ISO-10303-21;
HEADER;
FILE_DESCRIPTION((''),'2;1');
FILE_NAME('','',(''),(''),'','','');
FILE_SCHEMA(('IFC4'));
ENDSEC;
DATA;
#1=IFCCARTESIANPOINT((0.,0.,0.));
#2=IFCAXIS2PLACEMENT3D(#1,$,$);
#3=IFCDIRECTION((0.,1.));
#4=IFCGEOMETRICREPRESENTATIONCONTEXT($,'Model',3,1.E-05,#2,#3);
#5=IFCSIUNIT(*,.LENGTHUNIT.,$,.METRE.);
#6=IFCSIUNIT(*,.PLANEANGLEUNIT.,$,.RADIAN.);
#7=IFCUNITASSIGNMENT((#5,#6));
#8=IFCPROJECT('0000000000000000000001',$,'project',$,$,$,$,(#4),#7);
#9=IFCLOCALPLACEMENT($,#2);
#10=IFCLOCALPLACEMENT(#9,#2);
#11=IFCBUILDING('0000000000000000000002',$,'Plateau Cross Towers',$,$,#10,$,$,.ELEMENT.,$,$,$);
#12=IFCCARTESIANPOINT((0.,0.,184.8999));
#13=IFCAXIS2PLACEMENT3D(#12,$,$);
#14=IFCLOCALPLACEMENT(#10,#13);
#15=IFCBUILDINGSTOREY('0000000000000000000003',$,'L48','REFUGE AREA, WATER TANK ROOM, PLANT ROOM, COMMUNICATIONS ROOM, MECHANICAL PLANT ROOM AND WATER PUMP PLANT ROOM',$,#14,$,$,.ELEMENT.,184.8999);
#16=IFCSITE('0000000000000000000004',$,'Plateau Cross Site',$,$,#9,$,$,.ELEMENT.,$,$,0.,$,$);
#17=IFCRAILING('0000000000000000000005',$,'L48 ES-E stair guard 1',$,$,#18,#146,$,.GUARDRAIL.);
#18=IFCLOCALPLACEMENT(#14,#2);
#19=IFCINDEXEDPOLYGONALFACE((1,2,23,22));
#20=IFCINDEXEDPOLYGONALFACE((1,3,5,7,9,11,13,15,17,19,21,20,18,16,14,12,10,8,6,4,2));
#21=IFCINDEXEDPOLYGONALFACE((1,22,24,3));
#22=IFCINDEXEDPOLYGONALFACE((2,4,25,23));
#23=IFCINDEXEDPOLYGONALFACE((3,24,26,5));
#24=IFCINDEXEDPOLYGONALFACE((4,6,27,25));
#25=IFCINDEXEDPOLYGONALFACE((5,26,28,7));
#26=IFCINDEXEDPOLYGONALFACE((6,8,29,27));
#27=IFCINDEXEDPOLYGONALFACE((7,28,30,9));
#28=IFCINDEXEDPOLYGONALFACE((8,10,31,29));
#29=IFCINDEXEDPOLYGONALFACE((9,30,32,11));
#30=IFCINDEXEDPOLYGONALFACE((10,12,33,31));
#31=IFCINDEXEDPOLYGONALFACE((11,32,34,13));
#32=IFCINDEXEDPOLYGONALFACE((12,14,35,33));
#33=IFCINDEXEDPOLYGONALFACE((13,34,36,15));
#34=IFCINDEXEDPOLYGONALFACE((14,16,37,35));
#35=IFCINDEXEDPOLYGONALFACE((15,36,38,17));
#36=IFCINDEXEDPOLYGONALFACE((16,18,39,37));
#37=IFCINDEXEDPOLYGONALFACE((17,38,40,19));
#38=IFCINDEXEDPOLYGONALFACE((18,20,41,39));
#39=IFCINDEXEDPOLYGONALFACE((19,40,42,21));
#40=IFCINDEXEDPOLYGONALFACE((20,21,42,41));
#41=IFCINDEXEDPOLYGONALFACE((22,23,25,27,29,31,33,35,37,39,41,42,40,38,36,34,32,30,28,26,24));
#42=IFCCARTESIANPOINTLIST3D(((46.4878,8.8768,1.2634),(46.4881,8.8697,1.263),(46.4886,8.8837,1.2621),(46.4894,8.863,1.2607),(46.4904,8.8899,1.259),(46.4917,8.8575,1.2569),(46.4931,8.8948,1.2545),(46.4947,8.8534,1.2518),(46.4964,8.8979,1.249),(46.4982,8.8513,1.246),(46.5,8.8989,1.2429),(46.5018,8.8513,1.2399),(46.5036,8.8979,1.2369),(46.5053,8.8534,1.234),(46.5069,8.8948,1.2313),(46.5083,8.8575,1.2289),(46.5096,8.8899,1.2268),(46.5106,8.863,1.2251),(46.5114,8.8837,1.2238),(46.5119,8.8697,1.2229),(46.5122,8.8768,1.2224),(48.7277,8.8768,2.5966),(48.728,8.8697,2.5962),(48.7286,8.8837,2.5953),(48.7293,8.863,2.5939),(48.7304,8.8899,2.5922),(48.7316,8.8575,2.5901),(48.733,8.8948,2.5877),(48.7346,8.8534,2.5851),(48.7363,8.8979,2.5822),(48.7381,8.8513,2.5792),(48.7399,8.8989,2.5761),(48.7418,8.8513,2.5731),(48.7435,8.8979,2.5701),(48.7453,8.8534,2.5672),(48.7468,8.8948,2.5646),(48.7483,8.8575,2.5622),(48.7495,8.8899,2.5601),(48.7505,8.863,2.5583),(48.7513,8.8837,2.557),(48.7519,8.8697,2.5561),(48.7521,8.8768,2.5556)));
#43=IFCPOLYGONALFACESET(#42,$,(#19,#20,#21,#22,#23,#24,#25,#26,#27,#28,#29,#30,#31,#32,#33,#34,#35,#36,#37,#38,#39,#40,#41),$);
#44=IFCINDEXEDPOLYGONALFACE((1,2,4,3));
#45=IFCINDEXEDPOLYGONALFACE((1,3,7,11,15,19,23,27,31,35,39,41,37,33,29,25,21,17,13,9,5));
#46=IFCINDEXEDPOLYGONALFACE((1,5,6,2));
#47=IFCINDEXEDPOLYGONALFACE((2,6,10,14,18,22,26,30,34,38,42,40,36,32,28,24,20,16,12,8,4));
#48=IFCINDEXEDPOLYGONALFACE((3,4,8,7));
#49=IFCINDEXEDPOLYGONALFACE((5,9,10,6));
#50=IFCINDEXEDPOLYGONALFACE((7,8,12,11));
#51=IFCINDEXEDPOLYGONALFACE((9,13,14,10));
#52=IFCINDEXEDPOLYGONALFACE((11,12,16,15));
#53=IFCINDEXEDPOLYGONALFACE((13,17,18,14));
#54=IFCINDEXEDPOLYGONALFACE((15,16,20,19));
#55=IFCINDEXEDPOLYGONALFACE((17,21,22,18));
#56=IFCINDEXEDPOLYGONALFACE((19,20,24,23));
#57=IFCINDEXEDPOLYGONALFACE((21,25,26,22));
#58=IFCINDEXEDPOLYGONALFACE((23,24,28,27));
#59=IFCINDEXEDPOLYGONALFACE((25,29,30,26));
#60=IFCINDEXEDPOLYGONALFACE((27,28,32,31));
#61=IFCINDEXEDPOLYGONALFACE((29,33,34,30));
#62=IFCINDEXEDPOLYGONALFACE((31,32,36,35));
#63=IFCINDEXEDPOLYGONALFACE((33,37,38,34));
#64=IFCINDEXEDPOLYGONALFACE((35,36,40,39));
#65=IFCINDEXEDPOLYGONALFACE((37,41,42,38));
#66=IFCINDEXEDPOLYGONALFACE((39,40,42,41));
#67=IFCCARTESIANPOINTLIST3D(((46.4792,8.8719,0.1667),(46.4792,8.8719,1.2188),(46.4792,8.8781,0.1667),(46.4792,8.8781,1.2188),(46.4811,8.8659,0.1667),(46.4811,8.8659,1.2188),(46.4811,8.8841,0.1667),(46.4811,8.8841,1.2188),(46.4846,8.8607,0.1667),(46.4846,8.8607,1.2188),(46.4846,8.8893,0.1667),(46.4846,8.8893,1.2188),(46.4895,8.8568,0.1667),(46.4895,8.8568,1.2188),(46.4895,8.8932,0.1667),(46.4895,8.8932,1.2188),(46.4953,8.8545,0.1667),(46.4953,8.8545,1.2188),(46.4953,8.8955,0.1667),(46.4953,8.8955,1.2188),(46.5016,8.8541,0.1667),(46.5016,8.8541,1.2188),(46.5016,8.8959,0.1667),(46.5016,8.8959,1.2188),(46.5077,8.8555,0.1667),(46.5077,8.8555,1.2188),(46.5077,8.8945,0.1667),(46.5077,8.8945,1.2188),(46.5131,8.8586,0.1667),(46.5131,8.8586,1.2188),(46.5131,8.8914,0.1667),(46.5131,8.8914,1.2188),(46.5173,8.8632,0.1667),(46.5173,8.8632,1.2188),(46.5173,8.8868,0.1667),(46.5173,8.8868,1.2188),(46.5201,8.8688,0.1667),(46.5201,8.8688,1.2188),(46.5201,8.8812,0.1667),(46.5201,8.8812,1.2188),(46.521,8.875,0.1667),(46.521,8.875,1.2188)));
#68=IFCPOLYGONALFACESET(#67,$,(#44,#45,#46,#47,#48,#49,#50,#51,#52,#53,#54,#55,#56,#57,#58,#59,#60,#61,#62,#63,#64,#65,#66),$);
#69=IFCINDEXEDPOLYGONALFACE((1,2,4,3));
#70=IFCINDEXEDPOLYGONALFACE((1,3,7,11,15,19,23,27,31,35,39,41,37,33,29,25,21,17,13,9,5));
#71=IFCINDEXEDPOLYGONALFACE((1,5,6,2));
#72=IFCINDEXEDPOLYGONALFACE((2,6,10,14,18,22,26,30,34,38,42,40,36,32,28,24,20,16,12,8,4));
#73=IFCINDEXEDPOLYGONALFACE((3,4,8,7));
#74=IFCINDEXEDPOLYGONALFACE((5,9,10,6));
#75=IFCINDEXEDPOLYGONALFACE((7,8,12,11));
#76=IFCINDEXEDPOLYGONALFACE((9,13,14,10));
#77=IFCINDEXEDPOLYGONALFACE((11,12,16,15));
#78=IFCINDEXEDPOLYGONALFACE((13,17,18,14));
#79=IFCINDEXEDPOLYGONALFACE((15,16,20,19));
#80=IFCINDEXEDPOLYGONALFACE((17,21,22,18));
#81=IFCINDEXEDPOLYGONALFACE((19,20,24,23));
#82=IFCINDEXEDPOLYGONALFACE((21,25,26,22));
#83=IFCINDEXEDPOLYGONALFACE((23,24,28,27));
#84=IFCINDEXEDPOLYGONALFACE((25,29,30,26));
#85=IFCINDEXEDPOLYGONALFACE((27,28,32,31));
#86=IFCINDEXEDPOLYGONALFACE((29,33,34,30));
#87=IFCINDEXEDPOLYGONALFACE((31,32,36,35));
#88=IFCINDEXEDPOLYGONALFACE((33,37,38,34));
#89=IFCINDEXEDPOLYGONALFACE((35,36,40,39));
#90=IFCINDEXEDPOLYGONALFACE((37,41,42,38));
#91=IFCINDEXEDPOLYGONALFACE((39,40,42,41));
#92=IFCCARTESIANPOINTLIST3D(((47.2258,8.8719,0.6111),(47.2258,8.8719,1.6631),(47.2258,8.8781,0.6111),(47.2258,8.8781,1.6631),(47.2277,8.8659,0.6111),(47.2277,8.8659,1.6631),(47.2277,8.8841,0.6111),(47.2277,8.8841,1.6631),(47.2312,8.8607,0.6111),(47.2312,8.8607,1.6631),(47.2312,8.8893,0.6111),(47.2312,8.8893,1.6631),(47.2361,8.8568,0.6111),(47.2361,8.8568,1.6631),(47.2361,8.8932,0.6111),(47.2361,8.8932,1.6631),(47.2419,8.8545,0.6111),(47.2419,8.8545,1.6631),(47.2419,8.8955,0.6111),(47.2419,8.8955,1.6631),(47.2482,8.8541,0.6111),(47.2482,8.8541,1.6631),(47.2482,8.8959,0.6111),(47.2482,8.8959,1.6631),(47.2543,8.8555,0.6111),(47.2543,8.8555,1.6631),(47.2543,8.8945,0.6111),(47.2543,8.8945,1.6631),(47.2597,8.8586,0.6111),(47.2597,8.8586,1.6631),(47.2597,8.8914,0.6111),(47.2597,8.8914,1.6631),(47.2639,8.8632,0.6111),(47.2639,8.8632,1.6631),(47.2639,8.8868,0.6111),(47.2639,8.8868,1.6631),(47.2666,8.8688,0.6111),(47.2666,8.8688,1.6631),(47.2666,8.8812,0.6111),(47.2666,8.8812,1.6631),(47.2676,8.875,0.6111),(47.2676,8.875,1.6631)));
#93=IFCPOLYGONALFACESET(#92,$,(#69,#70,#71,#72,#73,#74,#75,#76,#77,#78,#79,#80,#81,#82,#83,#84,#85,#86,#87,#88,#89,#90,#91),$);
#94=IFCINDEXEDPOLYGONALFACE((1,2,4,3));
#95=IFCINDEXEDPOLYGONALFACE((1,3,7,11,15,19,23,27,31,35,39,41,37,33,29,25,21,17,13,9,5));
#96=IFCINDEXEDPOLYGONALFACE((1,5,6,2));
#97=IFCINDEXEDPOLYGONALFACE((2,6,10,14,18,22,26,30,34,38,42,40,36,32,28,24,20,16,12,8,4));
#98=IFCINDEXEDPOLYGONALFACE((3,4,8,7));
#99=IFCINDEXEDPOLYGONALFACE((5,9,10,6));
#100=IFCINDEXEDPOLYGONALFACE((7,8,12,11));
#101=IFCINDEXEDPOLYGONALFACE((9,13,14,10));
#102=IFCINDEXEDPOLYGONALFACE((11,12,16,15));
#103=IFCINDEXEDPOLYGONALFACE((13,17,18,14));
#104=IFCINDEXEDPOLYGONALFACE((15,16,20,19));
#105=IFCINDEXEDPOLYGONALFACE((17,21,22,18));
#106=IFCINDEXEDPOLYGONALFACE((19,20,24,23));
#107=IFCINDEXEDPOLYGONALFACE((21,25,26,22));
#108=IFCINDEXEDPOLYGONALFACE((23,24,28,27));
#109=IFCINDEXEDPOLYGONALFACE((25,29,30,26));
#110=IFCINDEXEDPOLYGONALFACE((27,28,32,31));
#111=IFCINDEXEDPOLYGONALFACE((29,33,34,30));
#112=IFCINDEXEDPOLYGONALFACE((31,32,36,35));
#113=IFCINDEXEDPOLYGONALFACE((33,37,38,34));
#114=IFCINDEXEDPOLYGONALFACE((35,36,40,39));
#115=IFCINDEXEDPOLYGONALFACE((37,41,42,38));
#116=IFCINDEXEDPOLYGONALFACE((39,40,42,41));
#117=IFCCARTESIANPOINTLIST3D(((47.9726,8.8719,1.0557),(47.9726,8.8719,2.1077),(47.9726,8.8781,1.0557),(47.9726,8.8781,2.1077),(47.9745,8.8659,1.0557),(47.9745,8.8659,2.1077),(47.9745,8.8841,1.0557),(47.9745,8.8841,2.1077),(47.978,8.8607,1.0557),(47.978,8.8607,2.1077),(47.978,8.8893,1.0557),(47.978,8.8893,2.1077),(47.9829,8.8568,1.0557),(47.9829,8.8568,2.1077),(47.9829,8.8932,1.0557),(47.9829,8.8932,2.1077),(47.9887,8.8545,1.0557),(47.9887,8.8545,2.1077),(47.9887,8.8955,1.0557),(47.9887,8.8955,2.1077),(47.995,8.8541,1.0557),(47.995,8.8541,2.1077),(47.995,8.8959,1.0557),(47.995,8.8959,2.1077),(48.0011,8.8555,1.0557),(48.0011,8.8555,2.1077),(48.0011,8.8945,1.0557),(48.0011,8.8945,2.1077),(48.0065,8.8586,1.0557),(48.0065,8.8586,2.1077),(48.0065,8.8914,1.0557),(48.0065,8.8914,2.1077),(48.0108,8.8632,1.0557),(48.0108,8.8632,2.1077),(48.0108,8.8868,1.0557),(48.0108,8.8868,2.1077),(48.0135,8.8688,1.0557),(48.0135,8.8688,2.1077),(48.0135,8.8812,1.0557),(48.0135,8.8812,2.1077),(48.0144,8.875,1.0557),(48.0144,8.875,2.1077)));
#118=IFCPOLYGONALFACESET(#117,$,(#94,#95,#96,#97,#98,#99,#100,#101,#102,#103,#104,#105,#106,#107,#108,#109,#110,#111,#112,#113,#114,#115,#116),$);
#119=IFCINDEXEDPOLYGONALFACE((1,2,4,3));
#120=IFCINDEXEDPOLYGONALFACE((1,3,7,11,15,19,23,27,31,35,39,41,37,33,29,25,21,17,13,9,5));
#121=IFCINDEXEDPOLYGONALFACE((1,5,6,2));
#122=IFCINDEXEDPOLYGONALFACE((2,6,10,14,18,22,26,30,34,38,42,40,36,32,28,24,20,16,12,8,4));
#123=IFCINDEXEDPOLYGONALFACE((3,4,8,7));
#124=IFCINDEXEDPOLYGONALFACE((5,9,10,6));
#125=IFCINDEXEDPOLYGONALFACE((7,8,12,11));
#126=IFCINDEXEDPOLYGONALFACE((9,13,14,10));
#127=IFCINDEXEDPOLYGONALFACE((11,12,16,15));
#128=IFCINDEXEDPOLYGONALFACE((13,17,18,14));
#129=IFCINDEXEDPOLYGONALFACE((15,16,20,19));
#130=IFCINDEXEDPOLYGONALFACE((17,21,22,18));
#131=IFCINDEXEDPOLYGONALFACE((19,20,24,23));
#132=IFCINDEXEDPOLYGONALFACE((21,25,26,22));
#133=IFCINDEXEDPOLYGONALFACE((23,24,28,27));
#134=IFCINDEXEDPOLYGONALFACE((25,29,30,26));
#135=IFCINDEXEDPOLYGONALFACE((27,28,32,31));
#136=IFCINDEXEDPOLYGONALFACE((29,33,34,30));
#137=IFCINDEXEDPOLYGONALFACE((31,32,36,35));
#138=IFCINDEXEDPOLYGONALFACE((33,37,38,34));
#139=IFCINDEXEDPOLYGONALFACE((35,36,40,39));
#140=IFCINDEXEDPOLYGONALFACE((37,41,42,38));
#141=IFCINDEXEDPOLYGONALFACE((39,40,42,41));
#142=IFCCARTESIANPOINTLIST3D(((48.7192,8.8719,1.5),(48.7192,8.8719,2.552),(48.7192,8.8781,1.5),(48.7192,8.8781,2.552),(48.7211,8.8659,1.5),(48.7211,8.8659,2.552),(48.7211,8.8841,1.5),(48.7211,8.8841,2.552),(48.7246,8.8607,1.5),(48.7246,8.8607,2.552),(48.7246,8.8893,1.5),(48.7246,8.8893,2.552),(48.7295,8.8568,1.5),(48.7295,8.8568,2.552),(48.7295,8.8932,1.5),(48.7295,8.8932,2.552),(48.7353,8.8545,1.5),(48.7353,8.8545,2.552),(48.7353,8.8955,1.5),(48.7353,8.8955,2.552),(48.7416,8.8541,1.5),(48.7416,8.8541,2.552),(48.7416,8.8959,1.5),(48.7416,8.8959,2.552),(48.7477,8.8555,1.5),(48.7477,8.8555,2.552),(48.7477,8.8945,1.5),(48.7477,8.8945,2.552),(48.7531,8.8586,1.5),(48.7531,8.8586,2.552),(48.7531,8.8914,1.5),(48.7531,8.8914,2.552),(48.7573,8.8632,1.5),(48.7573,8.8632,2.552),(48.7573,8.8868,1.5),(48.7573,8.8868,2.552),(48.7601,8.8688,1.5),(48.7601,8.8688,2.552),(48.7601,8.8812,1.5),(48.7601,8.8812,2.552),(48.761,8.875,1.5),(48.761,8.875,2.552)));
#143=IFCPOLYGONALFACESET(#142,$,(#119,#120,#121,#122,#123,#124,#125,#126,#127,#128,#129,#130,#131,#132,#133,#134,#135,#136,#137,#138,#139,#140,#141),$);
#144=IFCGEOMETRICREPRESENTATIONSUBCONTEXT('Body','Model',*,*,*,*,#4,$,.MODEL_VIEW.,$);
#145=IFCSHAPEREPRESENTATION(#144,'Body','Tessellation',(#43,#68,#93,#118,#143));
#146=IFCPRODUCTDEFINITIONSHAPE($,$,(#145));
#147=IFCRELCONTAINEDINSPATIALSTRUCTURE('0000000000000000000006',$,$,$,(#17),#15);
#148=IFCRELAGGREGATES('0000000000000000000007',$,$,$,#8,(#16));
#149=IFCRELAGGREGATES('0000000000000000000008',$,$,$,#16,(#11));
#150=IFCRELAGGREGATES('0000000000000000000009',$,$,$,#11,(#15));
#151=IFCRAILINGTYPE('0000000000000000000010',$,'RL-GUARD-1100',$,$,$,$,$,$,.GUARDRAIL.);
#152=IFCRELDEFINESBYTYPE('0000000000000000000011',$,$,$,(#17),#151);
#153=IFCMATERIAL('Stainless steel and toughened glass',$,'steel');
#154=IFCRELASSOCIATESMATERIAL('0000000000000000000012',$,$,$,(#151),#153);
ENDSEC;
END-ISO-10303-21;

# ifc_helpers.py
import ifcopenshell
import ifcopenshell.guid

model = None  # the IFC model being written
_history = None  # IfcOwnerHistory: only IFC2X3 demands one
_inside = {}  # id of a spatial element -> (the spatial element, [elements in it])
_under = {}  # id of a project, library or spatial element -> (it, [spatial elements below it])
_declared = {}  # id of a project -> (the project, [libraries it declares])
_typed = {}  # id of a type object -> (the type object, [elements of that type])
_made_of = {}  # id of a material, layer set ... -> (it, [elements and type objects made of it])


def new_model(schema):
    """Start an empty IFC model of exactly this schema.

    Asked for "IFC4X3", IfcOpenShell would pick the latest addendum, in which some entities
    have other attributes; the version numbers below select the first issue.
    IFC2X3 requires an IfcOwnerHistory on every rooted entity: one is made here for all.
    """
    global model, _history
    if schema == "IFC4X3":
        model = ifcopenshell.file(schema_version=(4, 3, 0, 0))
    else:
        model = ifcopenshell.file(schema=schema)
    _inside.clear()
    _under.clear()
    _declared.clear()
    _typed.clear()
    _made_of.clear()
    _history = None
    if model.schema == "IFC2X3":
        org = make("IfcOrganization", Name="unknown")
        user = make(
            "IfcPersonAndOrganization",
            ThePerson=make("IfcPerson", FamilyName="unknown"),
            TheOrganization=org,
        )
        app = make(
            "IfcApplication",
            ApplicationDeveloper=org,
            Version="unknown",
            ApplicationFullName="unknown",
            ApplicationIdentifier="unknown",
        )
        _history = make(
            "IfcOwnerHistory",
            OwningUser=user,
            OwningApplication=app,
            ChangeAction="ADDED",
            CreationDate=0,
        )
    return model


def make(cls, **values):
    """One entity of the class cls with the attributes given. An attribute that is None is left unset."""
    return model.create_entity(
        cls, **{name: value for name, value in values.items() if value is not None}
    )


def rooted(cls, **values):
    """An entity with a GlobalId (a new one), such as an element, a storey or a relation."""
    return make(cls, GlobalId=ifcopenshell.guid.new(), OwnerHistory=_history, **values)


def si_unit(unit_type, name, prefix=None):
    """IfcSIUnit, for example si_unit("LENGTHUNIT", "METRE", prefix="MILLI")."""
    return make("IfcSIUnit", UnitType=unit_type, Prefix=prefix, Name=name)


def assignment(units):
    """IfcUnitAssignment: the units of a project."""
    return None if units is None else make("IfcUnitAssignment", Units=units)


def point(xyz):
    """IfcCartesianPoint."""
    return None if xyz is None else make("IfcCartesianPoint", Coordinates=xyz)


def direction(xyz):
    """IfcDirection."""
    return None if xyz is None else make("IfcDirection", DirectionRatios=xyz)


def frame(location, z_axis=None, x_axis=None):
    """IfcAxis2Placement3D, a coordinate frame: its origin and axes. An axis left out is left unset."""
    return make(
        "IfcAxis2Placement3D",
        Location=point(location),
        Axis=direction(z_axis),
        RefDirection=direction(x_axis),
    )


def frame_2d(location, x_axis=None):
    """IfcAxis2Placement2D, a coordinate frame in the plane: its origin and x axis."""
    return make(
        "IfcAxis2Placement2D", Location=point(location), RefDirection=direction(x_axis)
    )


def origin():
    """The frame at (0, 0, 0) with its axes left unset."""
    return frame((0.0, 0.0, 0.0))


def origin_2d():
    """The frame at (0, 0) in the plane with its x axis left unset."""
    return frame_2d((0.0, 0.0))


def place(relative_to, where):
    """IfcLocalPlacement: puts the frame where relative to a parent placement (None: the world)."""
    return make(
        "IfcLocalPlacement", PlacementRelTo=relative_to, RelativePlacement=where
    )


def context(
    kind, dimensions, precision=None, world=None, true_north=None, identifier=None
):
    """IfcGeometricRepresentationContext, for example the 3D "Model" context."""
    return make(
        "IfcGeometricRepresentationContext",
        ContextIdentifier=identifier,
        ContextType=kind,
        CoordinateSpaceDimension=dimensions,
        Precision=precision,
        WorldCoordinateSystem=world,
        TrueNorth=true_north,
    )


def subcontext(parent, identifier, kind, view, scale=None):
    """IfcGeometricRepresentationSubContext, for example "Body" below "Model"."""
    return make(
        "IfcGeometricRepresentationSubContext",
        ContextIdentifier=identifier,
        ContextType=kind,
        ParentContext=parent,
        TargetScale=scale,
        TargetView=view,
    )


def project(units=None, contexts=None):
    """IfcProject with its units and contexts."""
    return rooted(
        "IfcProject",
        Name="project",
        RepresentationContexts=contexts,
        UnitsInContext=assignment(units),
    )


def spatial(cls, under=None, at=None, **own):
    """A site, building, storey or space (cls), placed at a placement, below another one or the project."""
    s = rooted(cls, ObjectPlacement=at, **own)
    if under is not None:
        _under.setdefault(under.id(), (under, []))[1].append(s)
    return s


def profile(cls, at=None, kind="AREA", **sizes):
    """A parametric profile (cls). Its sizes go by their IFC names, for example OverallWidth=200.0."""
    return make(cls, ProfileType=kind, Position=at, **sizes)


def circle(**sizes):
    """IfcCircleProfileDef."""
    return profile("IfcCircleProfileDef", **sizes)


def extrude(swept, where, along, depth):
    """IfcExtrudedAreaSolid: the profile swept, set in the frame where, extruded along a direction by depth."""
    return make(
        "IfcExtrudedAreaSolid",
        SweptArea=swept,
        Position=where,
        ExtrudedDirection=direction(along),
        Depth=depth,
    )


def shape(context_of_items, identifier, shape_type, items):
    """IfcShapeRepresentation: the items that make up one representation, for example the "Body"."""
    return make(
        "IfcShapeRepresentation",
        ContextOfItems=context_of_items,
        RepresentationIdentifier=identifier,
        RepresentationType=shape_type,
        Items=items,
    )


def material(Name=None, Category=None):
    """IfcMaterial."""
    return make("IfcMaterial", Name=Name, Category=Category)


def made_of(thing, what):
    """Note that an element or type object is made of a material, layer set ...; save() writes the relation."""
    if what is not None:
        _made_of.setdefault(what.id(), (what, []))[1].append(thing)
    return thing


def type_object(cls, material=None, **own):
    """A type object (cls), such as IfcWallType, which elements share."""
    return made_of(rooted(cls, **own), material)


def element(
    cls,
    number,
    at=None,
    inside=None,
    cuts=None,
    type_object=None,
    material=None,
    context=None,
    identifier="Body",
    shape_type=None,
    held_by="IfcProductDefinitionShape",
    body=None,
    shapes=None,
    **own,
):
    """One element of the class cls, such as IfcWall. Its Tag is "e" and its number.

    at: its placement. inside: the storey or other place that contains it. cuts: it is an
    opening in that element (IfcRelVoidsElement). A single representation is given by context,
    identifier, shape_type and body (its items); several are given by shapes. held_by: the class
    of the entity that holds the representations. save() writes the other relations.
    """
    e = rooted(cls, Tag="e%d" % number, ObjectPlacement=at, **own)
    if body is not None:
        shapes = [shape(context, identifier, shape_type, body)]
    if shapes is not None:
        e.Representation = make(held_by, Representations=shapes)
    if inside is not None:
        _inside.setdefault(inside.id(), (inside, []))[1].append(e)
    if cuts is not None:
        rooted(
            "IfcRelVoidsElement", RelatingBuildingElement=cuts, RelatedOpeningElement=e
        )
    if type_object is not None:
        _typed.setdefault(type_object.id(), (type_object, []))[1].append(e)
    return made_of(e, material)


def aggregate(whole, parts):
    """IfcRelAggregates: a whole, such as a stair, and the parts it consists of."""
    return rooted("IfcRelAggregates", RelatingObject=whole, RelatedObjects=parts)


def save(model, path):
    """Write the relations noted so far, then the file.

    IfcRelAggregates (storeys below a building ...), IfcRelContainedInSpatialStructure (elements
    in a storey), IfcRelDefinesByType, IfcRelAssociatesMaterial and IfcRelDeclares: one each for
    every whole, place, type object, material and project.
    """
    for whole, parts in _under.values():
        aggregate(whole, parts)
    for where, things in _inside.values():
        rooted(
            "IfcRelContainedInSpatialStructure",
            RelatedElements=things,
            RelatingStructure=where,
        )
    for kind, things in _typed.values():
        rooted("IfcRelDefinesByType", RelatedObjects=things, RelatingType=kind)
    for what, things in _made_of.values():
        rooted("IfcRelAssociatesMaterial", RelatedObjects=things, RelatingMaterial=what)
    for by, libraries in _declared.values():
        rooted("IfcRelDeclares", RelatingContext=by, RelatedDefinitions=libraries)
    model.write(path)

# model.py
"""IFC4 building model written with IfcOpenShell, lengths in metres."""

from ifc_helpers import new_model, si_unit, direction, frame, origin, origin_2d, place, context, subcontext, project, spatial, circle, extrude, material, type_object, element, save


model = new_model("IFC4")

# Units and contexts
model_context = context("Model", 3, precision=1e-05, world=origin(), true_north=direction((0.0, 1.0)))
body_context = subcontext(model_context, "Body", "Model", "MODEL_VIEW")
ifc_project = project(units=[si_unit("LENGTHUNIT", "METRE"), si_unit("PLANEANGLEUNIT", "RADIAN")], contexts=[model_context])

# Site, building, storey
site_placement = place(None, origin())
site = spatial("IfcSite", under=ifc_project, at=site_placement, Name="Plateau Cross Site", CompositionType="ELEMENT", RefElevation=0.0)
building_placement = place(site_placement, origin())
building = spatial("IfcBuilding", under=site, at=building_placement, Name="Plateau Cross Towers", CompositionType="ELEMENT")
storey_placement = place(building_placement, frame((0.0, 0.0, 184.8999)))
storey = spatial("IfcBuildingStorey", under=building, at=storey_placement, Name="L48", Description="REFUGE AREA, WATER TANK ROOM, PLANT ROOM, COMMUNICATIONS ROOM, MECHANICAL PLANT ROOM AND WATER PUMP PLANT ROOM", CompositionType="ELEMENT", Elevation=184.8999)

# Railing
ifc_material_1 = material(Name="Stainless steel and toughened glass", Category="steel")
railing_type_1 = type_object("IfcRailingType", Name="RL-GUARD-1100", PredefinedType="GUARDRAIL", material=ifc_material_1)
railing_1_placement = place(storey_placement, frame((46.5, 8.875, 0.1667)))
element("IfcRailing", 1, at=railing_1_placement, inside=storey, type_object=railing_type_1, Name="L48 ES-E stair guard 1", PredefinedType="GUARDRAIL", context=body_context, shape_type="SweptSolid", body=[
    extrude(circle(Radius=0.0239, at=origin_2d()), frame((0.0, 0.0, 1.0762), z_axis=(0.859306, 0.0, 0.511462), x_axis=(0.0, 1.0, 0.0)), (0.0, 0.0, 1.0), 2.6067),
    extrude(circle(Radius=0.021, at=origin_2d()), origin(), (0.0, 0.0, 1.0), 1.052),
    extrude(circle(Radius=0.021, at=origin_2d()), frame((0.7466, 0.0, 0.4443)), (0.0, 0.0, 1.0), 1.052),
    extrude(circle(Radius=0.021, at=origin_2d()), frame((1.4934, 0.0, 0.8889)), (0.0, 0.0, 1.0), 1.052),
    extrude(circle(Radius=0.021, at=origin_2d()), frame((2.24, 0.0, 1.3333)), (0.0, 0.0, 1.0), 1.052),
])

save(model, "model.ifc")
